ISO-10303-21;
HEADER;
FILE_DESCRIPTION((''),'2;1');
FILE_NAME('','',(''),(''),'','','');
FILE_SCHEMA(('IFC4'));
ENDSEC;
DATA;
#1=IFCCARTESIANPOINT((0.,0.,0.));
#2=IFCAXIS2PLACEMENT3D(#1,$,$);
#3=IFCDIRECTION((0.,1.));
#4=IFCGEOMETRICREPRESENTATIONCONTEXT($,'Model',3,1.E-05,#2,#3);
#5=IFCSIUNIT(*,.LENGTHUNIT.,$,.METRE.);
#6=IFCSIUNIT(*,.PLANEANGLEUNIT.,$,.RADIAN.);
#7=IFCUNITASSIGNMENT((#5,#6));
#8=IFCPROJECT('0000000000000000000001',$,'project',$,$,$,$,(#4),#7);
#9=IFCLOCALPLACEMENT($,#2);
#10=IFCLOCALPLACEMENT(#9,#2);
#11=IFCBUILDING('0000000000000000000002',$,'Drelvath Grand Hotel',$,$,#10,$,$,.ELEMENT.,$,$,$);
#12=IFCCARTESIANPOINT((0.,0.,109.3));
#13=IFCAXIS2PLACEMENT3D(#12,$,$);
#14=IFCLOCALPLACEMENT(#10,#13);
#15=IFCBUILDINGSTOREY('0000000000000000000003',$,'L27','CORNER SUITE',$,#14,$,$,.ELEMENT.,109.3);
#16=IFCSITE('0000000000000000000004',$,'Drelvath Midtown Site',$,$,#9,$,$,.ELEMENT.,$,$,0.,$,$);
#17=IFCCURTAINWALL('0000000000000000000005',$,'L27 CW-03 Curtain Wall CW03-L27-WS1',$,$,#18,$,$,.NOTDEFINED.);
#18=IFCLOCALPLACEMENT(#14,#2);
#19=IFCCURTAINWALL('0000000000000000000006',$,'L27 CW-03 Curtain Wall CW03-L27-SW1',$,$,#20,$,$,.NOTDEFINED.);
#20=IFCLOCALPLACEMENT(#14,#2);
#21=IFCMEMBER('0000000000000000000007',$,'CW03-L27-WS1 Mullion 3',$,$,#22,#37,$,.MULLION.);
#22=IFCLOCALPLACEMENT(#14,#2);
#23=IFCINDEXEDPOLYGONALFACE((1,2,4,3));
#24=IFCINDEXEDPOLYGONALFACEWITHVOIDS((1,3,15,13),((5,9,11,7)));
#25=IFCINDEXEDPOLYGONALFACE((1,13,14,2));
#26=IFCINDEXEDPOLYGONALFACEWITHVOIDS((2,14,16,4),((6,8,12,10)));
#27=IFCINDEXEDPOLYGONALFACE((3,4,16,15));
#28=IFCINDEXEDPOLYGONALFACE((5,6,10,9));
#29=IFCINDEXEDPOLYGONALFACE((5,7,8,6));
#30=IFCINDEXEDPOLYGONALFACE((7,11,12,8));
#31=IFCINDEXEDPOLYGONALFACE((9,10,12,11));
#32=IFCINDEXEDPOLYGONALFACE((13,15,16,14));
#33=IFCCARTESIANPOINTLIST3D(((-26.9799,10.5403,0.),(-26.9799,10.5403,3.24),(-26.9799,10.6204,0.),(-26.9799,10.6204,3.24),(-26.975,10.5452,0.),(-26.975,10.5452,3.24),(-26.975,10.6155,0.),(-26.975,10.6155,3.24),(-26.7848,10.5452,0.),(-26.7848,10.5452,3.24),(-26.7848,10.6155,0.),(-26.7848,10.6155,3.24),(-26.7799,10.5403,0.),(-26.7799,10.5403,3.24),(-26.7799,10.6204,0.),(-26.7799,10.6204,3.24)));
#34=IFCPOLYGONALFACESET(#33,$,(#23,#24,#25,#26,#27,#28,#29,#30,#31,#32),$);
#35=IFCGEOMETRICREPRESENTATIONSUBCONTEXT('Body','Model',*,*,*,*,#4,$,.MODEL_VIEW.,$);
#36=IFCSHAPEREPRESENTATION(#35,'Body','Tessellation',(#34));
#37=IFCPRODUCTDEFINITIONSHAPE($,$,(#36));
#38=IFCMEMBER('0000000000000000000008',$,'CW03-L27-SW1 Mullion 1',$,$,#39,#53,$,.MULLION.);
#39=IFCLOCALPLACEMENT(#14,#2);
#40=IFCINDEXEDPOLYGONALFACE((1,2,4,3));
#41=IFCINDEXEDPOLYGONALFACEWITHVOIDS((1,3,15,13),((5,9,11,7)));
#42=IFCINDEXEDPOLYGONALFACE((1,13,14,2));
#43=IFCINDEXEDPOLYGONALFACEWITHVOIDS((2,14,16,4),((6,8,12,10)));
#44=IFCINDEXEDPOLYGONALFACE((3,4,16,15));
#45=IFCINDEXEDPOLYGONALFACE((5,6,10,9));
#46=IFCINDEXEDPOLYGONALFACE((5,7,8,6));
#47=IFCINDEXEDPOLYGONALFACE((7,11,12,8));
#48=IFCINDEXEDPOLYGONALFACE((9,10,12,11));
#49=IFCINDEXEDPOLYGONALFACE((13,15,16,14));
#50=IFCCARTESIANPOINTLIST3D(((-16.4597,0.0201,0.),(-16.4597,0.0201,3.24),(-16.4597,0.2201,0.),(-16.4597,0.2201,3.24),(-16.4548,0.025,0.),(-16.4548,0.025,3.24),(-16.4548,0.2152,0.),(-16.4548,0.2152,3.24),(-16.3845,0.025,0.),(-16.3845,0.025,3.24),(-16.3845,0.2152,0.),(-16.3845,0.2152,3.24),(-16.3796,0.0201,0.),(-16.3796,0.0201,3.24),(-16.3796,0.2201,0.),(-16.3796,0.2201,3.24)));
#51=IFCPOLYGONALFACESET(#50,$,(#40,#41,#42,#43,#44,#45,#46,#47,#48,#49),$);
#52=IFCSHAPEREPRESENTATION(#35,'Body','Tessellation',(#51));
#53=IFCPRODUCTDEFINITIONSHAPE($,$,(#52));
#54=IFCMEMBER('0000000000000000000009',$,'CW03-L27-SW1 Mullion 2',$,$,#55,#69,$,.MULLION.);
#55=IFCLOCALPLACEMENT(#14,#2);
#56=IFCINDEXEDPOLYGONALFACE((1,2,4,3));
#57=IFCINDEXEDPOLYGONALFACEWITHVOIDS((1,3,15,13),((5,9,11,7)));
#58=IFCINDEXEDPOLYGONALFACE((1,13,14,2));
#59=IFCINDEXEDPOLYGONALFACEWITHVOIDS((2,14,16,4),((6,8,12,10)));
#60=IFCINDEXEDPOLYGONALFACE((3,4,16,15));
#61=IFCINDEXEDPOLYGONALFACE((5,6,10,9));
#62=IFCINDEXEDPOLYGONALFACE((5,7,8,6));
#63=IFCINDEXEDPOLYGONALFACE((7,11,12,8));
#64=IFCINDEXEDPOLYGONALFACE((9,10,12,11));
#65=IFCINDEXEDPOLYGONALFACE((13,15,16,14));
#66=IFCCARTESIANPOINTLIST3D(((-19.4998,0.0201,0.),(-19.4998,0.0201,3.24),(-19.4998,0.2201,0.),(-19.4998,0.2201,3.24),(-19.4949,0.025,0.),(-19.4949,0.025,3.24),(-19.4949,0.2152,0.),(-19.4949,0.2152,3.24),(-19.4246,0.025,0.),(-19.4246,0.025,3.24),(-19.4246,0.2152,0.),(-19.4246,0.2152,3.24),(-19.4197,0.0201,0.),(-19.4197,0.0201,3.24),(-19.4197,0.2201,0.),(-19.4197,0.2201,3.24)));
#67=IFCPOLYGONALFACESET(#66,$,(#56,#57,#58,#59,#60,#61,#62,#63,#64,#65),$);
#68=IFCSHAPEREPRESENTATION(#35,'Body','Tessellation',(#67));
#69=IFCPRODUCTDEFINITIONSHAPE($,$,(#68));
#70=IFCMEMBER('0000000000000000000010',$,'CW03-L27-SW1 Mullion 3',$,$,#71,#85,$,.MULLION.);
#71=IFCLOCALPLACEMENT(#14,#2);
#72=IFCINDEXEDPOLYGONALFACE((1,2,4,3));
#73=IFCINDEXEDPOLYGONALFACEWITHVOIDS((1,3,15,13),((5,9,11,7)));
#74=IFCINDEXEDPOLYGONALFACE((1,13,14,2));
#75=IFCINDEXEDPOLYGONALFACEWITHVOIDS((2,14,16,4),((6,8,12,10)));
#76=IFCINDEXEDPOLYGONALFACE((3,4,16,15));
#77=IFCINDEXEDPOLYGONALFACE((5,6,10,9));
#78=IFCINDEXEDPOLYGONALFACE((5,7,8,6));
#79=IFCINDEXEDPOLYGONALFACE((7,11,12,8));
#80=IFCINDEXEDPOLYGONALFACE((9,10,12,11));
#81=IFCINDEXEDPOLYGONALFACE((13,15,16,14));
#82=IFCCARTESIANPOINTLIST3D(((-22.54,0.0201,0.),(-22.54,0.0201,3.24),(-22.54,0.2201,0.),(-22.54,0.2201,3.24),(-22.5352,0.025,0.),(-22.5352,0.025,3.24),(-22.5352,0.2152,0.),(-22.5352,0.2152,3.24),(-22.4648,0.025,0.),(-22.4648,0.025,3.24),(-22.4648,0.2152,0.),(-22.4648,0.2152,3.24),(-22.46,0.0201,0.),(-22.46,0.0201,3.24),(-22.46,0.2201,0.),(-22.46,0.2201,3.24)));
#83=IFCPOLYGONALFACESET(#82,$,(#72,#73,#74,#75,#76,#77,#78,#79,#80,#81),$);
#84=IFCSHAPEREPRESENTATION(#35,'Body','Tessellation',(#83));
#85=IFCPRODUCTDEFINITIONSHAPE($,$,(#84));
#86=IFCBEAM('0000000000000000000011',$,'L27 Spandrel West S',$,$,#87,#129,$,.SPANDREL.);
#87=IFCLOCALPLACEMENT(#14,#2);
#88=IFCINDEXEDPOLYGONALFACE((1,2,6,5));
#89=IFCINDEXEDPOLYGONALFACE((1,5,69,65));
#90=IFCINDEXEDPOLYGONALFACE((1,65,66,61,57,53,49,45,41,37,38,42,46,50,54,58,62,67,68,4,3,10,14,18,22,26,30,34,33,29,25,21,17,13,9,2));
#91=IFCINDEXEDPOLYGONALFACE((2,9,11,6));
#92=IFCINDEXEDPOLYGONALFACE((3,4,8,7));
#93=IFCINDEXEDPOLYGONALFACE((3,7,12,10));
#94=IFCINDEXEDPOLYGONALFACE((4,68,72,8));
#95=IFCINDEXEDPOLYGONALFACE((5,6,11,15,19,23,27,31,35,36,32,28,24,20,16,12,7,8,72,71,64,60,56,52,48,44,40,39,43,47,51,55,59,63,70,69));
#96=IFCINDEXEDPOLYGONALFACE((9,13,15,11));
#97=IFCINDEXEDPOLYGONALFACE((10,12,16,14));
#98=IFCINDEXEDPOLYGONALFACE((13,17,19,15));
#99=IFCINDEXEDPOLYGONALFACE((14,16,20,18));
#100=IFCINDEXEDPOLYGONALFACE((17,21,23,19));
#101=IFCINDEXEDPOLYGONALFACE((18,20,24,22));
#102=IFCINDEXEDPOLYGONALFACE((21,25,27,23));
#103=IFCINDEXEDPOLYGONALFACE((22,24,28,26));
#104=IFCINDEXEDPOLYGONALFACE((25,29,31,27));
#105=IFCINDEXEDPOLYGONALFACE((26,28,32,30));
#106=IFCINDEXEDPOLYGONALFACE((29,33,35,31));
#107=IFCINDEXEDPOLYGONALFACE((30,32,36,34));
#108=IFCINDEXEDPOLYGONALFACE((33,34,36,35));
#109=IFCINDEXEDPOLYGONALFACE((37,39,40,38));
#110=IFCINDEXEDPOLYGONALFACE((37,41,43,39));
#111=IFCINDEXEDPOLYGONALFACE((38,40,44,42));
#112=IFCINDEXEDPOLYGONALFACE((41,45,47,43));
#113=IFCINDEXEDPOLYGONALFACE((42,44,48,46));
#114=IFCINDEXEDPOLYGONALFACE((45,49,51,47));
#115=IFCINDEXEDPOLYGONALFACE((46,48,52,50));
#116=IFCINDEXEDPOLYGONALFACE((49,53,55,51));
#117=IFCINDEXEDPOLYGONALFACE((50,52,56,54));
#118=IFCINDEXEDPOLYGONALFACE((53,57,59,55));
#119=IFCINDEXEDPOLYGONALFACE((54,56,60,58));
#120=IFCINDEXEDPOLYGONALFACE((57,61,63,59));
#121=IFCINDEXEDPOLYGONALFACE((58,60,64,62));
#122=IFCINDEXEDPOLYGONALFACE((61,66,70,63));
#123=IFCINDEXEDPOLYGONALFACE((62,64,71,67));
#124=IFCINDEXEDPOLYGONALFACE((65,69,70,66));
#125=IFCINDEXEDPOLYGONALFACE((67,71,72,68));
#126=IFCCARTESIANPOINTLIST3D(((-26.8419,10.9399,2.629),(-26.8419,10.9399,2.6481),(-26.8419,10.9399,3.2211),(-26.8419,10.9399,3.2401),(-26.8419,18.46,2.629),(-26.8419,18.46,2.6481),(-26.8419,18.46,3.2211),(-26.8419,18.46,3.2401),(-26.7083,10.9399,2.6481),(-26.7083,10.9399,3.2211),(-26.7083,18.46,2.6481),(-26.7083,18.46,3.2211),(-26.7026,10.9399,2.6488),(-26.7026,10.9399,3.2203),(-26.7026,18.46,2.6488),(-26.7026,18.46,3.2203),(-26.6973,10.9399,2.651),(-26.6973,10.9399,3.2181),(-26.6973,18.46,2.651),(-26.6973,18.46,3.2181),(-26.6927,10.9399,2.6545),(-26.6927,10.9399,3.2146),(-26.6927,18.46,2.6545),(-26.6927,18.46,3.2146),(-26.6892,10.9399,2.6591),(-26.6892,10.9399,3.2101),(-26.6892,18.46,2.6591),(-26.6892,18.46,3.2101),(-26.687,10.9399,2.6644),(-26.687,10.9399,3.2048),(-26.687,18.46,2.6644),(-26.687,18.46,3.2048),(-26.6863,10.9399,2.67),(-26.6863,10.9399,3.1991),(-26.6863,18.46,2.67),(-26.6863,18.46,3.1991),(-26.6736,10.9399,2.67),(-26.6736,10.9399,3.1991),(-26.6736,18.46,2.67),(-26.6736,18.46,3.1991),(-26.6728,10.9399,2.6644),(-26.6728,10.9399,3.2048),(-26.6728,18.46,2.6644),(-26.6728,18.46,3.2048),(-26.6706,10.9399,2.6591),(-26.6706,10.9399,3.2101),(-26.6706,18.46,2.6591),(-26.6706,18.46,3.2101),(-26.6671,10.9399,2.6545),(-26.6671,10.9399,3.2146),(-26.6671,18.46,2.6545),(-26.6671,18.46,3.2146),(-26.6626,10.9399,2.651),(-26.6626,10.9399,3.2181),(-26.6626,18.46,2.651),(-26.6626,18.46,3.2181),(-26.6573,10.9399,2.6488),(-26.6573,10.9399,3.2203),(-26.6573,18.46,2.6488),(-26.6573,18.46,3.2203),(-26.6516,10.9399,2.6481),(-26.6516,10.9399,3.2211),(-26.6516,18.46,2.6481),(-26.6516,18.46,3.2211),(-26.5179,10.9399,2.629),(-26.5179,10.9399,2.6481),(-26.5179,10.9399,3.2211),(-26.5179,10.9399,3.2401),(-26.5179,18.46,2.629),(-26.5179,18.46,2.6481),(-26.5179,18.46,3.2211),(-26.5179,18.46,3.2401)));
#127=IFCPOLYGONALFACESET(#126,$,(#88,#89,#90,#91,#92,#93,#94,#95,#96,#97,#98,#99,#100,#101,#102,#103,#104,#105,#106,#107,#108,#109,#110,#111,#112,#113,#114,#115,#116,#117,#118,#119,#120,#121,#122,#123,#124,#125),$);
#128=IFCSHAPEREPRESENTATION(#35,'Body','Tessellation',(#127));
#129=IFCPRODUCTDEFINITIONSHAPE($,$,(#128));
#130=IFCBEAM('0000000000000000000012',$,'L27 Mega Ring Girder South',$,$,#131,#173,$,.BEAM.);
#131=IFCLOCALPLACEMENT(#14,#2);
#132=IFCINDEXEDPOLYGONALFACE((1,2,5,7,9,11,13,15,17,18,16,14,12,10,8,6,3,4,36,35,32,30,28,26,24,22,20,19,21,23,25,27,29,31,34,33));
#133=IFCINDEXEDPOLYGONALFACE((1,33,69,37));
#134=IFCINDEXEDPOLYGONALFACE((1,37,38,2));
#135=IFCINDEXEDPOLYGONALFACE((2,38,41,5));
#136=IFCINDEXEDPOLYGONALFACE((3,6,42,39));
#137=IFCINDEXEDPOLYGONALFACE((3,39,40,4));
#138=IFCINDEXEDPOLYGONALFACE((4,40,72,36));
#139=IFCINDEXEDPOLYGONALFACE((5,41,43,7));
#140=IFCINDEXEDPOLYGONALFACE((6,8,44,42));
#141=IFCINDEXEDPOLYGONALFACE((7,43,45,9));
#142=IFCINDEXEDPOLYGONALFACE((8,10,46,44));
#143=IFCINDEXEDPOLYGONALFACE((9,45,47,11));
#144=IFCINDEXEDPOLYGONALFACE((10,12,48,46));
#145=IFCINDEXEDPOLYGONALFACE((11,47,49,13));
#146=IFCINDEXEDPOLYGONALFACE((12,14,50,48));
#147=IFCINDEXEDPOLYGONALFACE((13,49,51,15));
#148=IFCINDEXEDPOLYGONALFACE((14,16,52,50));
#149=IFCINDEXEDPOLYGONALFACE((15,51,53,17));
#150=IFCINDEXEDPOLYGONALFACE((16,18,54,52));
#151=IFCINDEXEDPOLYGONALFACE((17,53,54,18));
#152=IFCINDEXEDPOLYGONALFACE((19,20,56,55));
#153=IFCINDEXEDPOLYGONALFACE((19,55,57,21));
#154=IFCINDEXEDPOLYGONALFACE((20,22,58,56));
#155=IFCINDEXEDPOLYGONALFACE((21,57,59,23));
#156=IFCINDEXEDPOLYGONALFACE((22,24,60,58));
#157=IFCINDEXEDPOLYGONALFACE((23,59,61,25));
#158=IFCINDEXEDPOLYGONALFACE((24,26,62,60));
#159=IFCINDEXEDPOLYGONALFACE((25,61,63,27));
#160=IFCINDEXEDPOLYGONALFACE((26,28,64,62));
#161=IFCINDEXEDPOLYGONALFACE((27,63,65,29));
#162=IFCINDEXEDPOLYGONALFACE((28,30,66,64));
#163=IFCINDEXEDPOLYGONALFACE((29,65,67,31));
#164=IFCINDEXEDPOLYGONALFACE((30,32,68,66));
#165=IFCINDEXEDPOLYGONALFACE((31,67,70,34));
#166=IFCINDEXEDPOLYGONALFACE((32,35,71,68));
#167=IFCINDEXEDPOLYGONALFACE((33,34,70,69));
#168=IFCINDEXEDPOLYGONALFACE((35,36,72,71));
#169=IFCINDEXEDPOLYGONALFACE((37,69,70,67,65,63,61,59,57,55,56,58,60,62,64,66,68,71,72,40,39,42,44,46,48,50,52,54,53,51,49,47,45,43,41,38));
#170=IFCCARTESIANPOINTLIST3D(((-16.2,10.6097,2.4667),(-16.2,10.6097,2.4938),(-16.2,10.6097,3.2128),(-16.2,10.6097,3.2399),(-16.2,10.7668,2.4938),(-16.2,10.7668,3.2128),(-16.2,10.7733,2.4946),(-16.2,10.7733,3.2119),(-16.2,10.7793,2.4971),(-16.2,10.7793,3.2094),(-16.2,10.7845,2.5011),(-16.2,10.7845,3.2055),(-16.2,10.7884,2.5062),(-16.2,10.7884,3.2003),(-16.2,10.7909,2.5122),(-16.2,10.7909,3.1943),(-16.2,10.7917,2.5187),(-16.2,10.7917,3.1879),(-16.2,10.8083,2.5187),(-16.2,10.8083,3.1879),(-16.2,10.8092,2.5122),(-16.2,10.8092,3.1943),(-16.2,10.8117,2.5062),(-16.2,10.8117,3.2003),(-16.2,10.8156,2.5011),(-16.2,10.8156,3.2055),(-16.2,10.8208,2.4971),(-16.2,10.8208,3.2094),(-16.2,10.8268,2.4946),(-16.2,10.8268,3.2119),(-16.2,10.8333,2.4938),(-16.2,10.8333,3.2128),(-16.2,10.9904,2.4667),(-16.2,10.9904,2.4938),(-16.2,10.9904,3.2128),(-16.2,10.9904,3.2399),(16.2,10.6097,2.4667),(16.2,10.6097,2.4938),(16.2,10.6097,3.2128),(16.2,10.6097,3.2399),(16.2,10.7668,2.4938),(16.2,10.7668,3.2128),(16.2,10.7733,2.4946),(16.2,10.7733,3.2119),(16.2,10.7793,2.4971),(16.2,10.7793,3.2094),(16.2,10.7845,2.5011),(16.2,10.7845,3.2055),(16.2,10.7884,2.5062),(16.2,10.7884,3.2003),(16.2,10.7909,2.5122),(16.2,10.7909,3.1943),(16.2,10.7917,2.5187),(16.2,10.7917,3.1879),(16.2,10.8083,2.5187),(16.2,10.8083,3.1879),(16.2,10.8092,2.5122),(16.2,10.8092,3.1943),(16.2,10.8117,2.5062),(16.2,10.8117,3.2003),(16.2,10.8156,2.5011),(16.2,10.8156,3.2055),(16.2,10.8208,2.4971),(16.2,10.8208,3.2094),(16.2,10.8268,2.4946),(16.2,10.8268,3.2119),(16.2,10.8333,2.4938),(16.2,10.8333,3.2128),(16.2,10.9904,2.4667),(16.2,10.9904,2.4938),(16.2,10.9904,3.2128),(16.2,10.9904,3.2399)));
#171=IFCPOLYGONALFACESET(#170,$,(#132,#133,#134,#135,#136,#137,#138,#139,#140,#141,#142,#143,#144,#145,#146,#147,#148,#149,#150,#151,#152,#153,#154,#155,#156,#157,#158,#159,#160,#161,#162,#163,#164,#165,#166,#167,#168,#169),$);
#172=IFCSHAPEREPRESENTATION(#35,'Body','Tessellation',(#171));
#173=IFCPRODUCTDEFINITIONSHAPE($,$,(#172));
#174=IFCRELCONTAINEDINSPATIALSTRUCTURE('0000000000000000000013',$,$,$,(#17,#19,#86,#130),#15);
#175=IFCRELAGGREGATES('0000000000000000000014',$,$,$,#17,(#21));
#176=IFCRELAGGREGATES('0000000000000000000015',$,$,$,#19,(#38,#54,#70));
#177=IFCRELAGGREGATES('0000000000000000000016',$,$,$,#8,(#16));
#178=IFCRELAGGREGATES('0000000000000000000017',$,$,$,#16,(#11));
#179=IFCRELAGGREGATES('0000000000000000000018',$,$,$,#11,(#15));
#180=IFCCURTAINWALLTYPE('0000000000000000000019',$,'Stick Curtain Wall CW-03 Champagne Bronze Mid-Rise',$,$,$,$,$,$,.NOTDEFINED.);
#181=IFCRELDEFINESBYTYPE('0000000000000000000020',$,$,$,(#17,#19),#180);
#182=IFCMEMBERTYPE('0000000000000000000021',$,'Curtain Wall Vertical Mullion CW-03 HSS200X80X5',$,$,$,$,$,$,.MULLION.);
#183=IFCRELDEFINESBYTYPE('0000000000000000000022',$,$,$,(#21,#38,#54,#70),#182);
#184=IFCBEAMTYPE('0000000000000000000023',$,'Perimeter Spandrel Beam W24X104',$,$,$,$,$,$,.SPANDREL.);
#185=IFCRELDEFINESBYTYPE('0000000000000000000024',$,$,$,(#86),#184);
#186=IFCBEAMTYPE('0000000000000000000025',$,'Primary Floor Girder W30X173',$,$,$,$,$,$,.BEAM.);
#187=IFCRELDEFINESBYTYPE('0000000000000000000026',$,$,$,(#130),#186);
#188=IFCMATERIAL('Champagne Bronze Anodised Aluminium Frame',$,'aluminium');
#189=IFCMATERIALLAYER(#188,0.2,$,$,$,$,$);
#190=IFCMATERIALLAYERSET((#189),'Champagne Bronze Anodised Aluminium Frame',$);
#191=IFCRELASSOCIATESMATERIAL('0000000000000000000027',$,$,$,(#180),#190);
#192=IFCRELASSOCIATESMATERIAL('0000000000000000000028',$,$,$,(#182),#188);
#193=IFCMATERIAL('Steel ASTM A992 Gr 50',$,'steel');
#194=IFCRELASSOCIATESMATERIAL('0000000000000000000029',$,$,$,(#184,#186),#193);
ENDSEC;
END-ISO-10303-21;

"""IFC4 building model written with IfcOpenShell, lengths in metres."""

from ifc_helpers import new_model, si_unit, direction, frame, origin, origin_2d, place, context, subcontext, project, spatial, hollow_rectangle, i_section, extrude, material, layer, layer_set, material_profile, profile_set, type_object, element, aggregate, save


model = new_model("IFC4")

# Units and contexts
model_context = context("Model", 3, precision=1e-05, world=origin(), true_north=direction((0.0, 1.0)))
body_context = subcontext(model_context, "Body", "Model", "MODEL_VIEW")
ifc_project = project(units=[si_unit("LENGTHUNIT", "METRE"), si_unit("PLANEANGLEUNIT", "RADIAN")], contexts=[model_context])

# Site, building, storey
site_placement = place(None, origin())
site = spatial("IfcSite", under=ifc_project, at=site_placement, Name="Drelvath Midtown Site", CompositionType="ELEMENT", RefElevation=0.0)
building_placement = place(site_placement, origin())
building = spatial("IfcBuilding", under=site, at=building_placement, Name="Drelvath Grand Hotel", CompositionType="ELEMENT")
storey_placement = place(building_placement, frame((0.0, 0.0, 109.3)))
storey = spatial("IfcBuildingStorey", under=building, at=storey_placement, Name="L27", Description="CORNER SUITE", CompositionType="ELEMENT", Elevation=109.3)

# Curtain walls
ifc_material_1 = material(Name="Champagne Bronze Anodised Aluminium Frame", Category="aluminium")
ifc_layer_1 = layer(ifc_material_1, 0.2)
ifc_layer_set_1 = layer_set([ifc_layer_1], Name="Champagne Bronze Anodised Aluminium Frame")
curtain_wall_type = type_object("IfcCurtainWallType", Name="Stick Curtain Wall CW-03 Champagne Bronze Mid-Rise", PredefinedType="NOTDEFINED", material=ifc_layer_set_1)
curtain_wall_1_placement = place(storey_placement, origin())
curtain_wall_1 = element("IfcCurtainWall", 1, at=curtain_wall_1_placement, inside=storey, type_object=curtain_wall_type, Name="L27 CW-03 Curtain Wall CW03-L27-WS1", PredefinedType="NOTDEFINED")
curtain_wall_2_placement = place(storey_placement, origin())
curtain_wall_2 = element("IfcCurtainWall", 2, at=curtain_wall_2_placement, inside=storey, type_object=curtain_wall_type, Name="L27 CW-03 Curtain Wall CW03-L27-SW1", PredefinedType="NOTDEFINED")

# Members
ifc_material_profile_1 = material_profile(ifc_material_1, hollow_rectangle(XDim=0.0801, YDim=0.2, WallThickness=0.0049, at=origin_2d()), Name="HSS200X80X5")
ifc_profile_set_1 = profile_set([ifc_material_profile_1], Name="Champagne Bronze Anodised Aluminium Frame")
member_type_1 = type_object("IfcMemberType", Name="Curtain Wall Vertical Mullion CW-03 HSS200X80X5", PredefinedType="MULLION", material=ifc_profile_set_1)
member_1_placement = place(storey_placement, frame((-26.8799, 10.5803, 0.0), z_axis=(0.0, 0.0, 1.0), x_axis=(0.0, 1.0, 0.0)))
member_1 = element("IfcMember", 3, at=member_1_placement, type_object=member_type_1, Name="CW03-L27-WS1 Mullion 3", PredefinedType="MULLION", context=body_context, shape_type="SweptSolid", body=[
    extrude(hollow_rectangle(XDim=0.0801, YDim=0.2, WallThickness=0.0049, at=origin_2d()), origin(), (0.0, 0.0, 1.0), 3.24),
])
member_2_placement = place(storey_placement, frame((-16.4197, 0.1201, 0.0), z_axis=(0.0, 0.0, 1.0), x_axis=(1.0, 0.0, 0.0)))
member_2 = element("IfcMember", 4, at=member_2_placement, type_object=member_type_1, Name="CW03-L27-SW1 Mullion 1", PredefinedType="MULLION", context=body_context, shape_type="SweptSolid", body=[
    extrude(hollow_rectangle(XDim=0.0801, YDim=0.2, WallThickness=0.0049, at=origin_2d()), origin(), (0.0, 0.0, 1.0), 3.24),
])
member_3_placement = place(storey_placement, frame((-19.4597, 0.1201, 0.0), z_axis=(0.0, 0.0, 1.0), x_axis=(1.0, 0.0, 0.0)))
member_3 = element("IfcMember", 5, at=member_3_placement, type_object=member_type_1, Name="CW03-L27-SW1 Mullion 2", PredefinedType="MULLION", context=body_context, shape_type="SweptSolid", body=[
    extrude(hollow_rectangle(XDim=0.0801, YDim=0.2, WallThickness=0.0049, at=origin_2d()), origin(), (0.0, 0.0, 1.0), 3.24),
])
member_4_placement = place(storey_placement, frame((-22.5, 0.1201, 0.0), z_axis=(0.0, 0.0, 1.0), x_axis=(1.0, 0.0, 0.0)))
member_4 = element("IfcMember", 6, at=member_4_placement, type_object=member_type_1, Name="CW03-L27-SW1 Mullion 3", PredefinedType="MULLION", context=body_context, shape_type="SweptSolid", body=[
    extrude(hollow_rectangle(XDim=0.0801, YDim=0.2, WallThickness=0.0049, at=origin_2d()), origin(), (0.0, 0.0, 1.0), 3.24),
])

# Beams
ifc_material_2 = material(Name="Steel ASTM A992 Gr 50", Category="steel")
ifc_material_profile_2 = material_profile(ifc_material_2, i_section(OverallWidth=0.324, OverallDepth=0.6111, WebThickness=0.0127, FlangeThickness=0.019, FilletRadius=0.022, at=origin_2d()), Name="W24X104")
ifc_profile_set_2 = profile_set([ifc_material_profile_2], Name="Steel ASTM A992 Gr 50")
beam_type_1 = type_object("IfcBeamType", Name="Perimeter Spandrel Beam W24X104", PredefinedType="SPANDREL", material=ifc_profile_set_2)
beam_placement = place(storey_placement, frame((-26.6799, 10.9399, 2.9346), z_axis=(0.0, 1.0, 0.0), x_axis=(-1.0, 0.0, 0.0)))
element("IfcBeam", 7, at=beam_placement, inside=storey, type_object=beam_type_1, Name="L27 Spandrel West S", PredefinedType="SPANDREL", context=body_context, shape_type="SweptSolid", body=[
    extrude(i_section(OverallWidth=0.324, OverallDepth=0.6111, WebThickness=0.0127, FlangeThickness=0.019, FilletRadius=0.022, at=origin_2d()), origin(), (0.0, 0.0, 1.0), 7.52),
])
ifc_material_profile_3 = material_profile(ifc_material_2, i_section(OverallWidth=0.3806, OverallDepth=0.7732, WebThickness=0.0166, FlangeThickness=0.0271, FilletRadius=0.0249, at=origin_2d()), Name="W30X173")
ifc_profile_set_3 = profile_set([ifc_material_profile_3], Name="Steel ASTM A992 Gr 50")
beam_type_2 = type_object("IfcBeamType", Name="Primary Floor Girder W30X173", PredefinedType="BEAM", material=ifc_profile_set_3)
for number, where, z_axis, x_axis, name in (
    (8, (-16.2, 10.8, 2.8533), (1.0, 0.0, 0.0), (0.0, 1.0, 0.0), "L27 Mega Ring Girder South"),
):
    element("IfcBeam", number, at=place(storey_placement, frame(where, z_axis=z_axis, x_axis=x_axis)), inside=storey, type_object=beam_type_2, Name=name, PredefinedType="BEAM", context=body_context, shape_type="SweptSolid", body=[
        extrude(i_section(OverallWidth=0.3806, OverallDepth=0.7732, WebThickness=0.0166, FlangeThickness=0.0271, FilletRadius=0.0249, at=origin_2d()), origin(), (0.0, 0.0, 1.0), 32.3999),
    ])

aggregate(curtain_wall_1, [member_1])
aggregate(curtain_wall_2, [member_2, member_3, member_4])

save(model, "model.ifc")
